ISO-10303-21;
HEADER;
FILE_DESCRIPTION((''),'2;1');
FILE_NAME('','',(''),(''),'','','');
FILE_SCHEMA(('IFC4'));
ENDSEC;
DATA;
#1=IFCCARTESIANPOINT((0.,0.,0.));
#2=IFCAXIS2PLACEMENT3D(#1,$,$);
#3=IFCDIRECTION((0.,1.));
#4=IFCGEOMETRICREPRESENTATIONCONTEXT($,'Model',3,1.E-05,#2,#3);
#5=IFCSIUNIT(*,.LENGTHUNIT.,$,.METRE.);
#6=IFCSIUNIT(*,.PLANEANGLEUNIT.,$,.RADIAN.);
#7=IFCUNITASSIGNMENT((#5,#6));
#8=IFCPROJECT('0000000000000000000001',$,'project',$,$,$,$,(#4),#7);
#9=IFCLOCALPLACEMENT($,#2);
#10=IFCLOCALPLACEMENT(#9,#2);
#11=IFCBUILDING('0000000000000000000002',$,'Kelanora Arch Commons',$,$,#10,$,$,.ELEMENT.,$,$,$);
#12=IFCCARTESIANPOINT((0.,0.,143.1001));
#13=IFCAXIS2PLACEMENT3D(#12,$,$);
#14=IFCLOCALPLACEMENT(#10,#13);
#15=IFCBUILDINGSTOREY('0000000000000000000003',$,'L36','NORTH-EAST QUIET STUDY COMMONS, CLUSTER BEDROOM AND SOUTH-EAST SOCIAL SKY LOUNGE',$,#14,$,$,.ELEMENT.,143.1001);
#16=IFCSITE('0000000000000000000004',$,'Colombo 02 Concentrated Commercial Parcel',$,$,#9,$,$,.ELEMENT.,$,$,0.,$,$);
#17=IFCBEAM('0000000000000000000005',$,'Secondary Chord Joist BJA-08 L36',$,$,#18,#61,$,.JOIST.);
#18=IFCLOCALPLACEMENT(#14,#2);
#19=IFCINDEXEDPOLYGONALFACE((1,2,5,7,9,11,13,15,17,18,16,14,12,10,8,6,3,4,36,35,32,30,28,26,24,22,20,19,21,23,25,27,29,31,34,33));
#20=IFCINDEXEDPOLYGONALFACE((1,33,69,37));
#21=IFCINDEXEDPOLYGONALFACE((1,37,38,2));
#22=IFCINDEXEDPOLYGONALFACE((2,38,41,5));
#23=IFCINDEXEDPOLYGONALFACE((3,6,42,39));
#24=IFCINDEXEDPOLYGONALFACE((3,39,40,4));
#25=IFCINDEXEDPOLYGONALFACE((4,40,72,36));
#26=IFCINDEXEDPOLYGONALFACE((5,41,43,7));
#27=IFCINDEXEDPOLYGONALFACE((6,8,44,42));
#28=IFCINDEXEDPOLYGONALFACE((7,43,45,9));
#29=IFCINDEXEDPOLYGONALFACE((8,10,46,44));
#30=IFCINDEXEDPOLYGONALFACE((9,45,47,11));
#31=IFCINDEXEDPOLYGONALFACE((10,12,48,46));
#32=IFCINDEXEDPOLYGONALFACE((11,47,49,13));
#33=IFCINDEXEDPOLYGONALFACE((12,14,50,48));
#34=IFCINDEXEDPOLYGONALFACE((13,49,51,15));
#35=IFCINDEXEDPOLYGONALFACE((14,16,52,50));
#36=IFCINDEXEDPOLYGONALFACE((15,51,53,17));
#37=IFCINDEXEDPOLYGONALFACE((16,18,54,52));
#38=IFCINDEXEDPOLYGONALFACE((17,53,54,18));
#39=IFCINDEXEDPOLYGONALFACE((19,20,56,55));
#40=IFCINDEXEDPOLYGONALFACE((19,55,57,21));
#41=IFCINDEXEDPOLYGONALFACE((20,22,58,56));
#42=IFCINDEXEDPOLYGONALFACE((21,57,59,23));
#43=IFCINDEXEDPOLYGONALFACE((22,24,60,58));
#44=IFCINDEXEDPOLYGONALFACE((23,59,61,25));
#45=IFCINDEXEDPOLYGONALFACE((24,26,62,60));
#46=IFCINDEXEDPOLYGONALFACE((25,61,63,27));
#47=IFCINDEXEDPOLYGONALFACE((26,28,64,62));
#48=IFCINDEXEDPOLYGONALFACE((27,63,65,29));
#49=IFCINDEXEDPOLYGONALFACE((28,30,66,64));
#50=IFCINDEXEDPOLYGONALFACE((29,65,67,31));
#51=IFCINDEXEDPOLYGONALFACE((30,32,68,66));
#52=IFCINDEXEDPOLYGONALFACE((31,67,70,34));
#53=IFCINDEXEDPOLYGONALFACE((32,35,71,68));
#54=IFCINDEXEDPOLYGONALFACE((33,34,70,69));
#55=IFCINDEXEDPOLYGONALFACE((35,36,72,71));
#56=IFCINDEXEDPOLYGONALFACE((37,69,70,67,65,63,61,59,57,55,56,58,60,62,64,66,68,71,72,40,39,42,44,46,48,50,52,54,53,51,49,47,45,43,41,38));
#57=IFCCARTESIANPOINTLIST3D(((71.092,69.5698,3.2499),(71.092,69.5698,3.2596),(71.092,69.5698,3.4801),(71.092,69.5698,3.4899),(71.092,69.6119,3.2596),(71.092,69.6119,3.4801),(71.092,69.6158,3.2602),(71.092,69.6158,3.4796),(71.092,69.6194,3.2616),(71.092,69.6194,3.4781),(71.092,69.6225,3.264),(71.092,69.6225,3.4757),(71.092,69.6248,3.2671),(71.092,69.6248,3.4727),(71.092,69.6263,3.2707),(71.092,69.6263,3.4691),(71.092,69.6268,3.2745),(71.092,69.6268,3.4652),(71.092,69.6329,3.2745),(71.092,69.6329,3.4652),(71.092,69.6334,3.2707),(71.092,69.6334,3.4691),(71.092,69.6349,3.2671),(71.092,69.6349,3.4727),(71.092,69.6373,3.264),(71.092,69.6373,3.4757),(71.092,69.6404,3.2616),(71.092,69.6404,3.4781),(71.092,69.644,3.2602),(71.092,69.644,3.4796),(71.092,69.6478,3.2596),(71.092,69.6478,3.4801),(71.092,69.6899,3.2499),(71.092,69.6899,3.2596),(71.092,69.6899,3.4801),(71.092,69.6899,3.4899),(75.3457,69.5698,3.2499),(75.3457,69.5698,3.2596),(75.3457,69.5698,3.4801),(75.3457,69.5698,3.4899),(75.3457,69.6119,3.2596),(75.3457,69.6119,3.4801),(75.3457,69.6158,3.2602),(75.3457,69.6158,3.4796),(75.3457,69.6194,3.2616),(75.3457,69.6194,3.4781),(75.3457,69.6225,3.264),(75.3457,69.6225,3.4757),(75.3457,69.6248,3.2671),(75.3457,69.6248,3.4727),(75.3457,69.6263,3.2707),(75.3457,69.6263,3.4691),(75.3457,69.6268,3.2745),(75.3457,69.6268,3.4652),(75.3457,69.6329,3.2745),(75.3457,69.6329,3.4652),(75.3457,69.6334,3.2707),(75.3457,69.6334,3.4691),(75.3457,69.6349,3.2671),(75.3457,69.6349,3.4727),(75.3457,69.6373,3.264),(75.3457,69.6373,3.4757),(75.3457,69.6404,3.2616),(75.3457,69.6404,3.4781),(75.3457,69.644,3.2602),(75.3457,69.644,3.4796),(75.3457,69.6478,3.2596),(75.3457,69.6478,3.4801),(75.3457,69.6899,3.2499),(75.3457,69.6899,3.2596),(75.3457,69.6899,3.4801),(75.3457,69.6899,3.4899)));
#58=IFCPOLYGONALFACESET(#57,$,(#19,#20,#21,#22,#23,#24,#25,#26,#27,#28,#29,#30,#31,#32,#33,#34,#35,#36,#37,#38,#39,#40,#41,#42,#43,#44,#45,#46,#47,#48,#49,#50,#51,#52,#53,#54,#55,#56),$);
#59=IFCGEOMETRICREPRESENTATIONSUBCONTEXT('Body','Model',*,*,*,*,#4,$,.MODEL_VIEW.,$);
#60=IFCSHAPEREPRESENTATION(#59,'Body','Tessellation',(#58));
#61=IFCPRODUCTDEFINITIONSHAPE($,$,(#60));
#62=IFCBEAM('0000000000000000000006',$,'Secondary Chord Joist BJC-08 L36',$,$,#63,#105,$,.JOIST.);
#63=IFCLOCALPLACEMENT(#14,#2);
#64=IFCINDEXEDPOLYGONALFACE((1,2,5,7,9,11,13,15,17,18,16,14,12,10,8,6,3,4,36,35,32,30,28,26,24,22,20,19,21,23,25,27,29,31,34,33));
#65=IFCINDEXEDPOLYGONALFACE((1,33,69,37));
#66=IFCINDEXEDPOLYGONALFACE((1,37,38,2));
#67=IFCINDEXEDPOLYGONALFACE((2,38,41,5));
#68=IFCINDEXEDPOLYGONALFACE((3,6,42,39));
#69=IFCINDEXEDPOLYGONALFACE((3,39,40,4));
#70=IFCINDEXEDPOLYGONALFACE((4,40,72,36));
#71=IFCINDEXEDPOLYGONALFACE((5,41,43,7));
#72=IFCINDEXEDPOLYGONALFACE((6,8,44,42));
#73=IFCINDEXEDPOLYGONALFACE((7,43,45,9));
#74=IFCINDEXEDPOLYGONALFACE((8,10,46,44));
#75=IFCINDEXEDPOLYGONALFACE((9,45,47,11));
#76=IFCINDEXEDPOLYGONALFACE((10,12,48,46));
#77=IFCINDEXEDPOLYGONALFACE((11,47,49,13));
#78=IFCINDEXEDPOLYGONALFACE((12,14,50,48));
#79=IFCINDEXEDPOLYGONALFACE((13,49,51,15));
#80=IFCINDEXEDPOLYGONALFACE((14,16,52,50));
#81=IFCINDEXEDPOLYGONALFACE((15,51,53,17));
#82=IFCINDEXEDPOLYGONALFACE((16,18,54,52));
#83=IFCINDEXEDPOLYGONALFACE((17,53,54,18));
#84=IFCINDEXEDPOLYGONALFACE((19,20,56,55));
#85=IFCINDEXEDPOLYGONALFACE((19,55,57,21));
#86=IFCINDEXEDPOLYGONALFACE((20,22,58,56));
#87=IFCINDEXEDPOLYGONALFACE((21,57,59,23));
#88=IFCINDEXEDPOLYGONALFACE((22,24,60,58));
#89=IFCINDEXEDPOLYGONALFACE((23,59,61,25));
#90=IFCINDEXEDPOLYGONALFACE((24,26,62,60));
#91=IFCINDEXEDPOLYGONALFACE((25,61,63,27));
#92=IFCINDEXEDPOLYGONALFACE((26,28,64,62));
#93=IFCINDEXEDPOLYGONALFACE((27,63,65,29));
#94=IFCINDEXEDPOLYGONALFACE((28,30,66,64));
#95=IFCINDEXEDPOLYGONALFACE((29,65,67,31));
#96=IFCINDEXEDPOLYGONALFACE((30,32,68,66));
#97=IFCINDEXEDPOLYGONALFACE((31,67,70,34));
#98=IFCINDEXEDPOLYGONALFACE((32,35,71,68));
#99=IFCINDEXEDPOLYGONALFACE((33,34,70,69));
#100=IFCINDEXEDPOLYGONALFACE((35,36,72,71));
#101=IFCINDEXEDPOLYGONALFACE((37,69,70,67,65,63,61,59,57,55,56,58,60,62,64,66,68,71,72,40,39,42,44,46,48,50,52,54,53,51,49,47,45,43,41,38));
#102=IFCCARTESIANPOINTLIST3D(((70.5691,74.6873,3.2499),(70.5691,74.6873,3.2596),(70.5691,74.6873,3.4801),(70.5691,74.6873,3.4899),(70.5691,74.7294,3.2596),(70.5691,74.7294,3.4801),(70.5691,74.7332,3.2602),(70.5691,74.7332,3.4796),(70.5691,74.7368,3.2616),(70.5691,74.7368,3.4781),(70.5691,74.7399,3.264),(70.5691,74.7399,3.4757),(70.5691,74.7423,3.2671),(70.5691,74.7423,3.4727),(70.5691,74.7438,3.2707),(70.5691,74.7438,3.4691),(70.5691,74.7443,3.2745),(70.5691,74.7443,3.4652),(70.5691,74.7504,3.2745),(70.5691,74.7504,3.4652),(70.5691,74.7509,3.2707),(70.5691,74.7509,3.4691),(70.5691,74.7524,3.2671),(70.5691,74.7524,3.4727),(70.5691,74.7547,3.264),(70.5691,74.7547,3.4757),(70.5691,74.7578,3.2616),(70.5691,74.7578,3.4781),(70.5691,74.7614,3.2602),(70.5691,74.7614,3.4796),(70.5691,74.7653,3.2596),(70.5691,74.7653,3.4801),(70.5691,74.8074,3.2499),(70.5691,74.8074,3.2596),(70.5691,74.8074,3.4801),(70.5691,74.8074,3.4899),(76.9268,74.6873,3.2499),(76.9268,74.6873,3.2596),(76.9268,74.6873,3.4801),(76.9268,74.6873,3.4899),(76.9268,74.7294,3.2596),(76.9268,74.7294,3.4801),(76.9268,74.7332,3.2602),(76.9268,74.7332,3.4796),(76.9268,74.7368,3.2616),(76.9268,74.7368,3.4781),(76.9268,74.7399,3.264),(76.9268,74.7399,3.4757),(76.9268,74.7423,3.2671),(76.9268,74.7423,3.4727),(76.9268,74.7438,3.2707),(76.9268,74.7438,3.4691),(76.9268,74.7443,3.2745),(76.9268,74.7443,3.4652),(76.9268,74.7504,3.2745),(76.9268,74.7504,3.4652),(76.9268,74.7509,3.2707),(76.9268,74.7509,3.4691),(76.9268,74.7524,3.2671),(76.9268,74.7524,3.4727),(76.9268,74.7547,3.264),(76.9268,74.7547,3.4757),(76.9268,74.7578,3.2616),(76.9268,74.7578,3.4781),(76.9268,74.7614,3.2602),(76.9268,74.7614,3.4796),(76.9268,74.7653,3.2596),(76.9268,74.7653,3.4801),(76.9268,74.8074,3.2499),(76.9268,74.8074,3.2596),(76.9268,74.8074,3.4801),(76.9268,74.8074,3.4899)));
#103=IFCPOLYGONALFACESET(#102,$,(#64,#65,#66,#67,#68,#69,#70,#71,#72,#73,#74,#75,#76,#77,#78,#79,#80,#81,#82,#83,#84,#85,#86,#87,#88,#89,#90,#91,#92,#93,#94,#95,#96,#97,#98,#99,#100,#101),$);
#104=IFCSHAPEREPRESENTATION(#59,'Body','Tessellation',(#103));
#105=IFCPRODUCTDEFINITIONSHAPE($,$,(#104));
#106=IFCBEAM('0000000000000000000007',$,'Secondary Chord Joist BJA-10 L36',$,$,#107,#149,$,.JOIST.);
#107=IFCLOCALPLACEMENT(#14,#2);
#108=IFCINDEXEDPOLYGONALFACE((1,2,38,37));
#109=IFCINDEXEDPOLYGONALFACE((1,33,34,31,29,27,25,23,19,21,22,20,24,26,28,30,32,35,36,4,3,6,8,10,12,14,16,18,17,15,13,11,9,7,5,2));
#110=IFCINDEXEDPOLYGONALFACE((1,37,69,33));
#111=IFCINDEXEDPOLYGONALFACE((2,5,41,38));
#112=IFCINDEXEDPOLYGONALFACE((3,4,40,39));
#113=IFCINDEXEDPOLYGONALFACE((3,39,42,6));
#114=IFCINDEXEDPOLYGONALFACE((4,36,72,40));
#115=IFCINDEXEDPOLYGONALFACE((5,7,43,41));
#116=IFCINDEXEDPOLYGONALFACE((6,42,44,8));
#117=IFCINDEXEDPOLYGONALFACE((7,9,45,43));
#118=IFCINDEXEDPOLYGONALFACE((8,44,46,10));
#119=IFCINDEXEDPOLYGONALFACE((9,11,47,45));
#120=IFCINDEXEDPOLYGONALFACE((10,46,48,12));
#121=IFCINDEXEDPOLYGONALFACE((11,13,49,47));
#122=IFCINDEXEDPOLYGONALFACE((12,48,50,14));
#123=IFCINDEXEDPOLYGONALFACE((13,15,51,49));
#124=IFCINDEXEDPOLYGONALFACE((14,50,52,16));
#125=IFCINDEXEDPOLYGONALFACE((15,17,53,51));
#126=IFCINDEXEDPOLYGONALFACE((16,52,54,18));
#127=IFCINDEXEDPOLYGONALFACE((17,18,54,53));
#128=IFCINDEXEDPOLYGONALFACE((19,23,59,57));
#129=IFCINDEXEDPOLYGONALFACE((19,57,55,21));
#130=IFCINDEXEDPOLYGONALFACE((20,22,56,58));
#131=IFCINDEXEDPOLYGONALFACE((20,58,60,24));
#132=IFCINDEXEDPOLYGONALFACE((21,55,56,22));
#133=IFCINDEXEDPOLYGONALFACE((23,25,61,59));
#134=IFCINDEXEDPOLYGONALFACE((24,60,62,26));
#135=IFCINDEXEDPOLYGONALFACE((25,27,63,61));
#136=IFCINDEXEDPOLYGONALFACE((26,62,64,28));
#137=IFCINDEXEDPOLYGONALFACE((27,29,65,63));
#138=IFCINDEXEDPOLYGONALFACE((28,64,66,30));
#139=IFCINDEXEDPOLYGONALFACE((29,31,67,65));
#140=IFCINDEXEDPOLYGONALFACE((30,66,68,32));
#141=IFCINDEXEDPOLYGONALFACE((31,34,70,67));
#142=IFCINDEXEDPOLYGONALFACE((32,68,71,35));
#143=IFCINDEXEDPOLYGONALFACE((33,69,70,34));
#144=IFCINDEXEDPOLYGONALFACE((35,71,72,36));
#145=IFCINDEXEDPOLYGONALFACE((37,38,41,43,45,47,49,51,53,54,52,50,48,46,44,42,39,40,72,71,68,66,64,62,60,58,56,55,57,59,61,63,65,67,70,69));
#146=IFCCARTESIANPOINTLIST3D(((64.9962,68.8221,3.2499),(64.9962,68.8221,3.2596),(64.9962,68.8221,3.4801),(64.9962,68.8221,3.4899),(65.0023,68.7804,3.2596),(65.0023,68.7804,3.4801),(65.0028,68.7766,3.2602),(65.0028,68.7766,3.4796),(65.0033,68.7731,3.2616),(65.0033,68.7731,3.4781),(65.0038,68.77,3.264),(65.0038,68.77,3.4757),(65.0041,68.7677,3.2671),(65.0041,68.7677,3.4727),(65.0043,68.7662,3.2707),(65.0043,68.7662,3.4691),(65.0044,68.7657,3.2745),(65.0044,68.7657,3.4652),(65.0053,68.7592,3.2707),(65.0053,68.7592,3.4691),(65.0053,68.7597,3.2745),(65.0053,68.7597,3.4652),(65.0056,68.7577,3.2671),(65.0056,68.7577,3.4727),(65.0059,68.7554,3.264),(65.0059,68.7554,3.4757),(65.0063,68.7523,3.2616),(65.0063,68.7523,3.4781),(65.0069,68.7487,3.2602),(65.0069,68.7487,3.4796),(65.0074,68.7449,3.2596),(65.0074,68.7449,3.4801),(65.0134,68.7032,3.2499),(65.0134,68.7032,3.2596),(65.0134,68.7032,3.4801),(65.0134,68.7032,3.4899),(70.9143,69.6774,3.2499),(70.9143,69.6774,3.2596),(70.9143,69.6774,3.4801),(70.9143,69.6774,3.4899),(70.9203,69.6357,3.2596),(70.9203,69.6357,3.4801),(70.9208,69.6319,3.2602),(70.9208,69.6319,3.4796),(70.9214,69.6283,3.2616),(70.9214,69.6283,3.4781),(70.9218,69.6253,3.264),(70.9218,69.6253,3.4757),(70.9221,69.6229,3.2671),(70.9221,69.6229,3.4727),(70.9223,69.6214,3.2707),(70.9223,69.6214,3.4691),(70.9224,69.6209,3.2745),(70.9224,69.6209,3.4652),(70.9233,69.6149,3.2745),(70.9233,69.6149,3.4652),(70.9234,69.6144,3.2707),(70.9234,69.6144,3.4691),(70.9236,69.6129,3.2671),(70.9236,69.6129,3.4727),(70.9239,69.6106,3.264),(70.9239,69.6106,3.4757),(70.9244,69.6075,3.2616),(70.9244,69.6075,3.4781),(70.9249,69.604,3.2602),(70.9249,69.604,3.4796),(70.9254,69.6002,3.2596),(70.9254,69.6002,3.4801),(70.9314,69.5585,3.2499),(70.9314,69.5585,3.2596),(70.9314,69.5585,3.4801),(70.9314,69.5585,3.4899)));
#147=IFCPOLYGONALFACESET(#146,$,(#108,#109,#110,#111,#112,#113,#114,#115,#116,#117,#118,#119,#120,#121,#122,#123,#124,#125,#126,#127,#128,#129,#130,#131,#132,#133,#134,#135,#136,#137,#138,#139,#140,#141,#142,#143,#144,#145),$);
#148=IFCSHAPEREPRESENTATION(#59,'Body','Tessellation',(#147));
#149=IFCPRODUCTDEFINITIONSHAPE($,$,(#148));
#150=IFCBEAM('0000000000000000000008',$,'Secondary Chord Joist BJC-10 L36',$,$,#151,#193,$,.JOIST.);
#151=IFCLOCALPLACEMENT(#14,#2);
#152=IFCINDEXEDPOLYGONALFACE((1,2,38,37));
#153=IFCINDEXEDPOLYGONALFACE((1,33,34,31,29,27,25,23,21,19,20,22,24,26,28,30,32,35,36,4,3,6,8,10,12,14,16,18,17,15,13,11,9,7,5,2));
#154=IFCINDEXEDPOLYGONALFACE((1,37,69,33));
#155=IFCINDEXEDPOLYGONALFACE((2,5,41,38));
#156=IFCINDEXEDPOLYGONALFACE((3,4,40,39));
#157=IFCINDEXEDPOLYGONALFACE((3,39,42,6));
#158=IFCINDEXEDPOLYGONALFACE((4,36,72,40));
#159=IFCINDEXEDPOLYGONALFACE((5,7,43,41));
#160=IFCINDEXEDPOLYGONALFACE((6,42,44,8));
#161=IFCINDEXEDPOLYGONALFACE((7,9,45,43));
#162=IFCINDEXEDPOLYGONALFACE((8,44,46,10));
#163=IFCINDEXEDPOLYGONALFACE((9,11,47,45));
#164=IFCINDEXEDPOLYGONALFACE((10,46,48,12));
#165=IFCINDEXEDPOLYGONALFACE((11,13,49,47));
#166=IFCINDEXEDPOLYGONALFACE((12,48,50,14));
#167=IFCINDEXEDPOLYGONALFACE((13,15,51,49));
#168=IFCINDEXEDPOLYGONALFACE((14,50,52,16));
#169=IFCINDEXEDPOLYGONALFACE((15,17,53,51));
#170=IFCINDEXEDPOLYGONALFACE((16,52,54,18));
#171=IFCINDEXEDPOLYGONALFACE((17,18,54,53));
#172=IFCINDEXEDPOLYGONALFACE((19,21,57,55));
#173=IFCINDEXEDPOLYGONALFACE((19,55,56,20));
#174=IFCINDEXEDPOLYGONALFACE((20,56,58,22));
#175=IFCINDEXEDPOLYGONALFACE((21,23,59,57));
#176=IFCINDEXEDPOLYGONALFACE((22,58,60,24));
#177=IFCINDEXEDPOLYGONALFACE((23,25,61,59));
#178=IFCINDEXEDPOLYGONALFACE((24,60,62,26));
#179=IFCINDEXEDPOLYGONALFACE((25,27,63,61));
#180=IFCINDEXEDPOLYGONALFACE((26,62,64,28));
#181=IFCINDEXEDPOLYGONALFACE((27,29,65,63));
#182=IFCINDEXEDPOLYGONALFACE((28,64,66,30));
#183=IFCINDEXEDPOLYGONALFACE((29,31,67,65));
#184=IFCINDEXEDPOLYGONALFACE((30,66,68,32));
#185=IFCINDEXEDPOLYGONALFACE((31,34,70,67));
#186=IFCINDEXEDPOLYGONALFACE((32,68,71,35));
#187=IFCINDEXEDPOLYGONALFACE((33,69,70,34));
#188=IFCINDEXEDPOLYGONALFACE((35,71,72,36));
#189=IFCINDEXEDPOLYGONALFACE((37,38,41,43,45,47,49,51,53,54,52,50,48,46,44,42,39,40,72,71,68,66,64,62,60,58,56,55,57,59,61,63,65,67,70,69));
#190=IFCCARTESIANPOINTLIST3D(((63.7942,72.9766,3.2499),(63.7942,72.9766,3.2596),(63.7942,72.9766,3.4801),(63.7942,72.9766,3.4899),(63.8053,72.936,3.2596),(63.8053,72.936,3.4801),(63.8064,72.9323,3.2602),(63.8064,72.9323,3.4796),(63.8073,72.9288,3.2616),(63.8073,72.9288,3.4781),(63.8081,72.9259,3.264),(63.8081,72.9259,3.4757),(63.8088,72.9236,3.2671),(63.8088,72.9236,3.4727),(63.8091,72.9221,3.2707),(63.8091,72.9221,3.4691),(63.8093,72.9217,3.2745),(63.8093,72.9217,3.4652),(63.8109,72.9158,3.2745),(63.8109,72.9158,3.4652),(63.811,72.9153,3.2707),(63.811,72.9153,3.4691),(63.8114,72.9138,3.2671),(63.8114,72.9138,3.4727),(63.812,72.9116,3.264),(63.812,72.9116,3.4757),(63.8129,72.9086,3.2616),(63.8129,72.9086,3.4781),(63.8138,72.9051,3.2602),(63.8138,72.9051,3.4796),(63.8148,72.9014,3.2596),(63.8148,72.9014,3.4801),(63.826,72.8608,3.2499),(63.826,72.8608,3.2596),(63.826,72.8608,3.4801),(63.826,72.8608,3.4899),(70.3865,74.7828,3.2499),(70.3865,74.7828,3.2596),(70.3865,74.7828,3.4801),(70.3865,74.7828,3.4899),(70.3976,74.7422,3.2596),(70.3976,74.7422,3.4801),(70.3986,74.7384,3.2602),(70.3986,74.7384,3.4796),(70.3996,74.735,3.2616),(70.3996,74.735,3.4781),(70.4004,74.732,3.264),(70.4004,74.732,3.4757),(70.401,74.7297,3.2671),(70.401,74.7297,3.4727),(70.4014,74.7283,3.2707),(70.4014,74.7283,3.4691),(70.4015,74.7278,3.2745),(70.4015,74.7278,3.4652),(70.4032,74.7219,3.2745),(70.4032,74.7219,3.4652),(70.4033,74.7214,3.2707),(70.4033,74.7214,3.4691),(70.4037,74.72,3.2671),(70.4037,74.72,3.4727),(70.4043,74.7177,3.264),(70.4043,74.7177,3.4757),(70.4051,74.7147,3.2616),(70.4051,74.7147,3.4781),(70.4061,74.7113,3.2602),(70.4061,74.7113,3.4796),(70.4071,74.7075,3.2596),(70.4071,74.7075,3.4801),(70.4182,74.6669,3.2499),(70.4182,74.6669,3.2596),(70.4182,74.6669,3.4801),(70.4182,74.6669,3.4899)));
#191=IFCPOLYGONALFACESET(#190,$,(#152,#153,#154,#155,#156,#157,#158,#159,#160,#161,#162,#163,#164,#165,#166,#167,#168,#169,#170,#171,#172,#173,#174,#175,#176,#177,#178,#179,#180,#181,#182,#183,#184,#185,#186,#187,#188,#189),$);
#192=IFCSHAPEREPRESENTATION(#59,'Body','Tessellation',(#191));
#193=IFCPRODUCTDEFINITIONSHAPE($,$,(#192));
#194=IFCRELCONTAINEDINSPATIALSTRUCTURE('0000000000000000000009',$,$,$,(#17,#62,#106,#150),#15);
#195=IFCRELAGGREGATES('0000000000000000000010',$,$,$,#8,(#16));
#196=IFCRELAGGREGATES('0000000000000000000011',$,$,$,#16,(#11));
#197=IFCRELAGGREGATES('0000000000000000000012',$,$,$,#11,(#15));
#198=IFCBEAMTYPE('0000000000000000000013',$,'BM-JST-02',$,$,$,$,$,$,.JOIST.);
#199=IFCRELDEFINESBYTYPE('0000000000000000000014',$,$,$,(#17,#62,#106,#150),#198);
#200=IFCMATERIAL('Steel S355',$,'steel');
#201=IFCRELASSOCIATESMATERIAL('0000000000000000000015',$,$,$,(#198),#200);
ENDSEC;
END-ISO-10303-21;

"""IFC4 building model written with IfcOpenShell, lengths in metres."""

from ifc_helpers import new_model, si_unit, direction, frame, origin, origin_2d, place, context, subcontext, project, spatial, i_section, extrude, material, material_profile, profile_set, type_object, element, save


model = new_model("IFC4")

# Units and contexts
model_context = context("Model", 3, precision=1e-05, world=origin(), true_north=direction((0.0, 1.0)))
body_context = subcontext(model_context, "Body", "Model", "MODEL_VIEW")
ifc_project = project(units=[si_unit("LENGTHUNIT", "METRE"), si_unit("PLANEANGLEUNIT", "RADIAN")], contexts=[model_context])

# Site, building, storey
site_placement = place(None, origin())
site = spatial("IfcSite", under=ifc_project, at=site_placement, Name="Colombo 02 Concentrated Commercial Parcel", CompositionType="ELEMENT", RefElevation=0.0)
building_placement = place(site_placement, origin())
building = spatial("IfcBuilding", under=site, at=building_placement, Name="Kelanora Arch Commons", CompositionType="ELEMENT")
storey_placement = place(building_placement, frame((0.0, 0.0, 143.1001)))
storey = spatial("IfcBuildingStorey", under=building, at=storey_placement, Name="L36", Description="NORTH-EAST QUIET STUDY COMMONS, CLUSTER BEDROOM AND SOUTH-EAST SOCIAL SKY LOUNGE", CompositionType="ELEMENT", Elevation=143.1001)

# Beams
ifc_material_1 = material(Name="Steel S355", Category="steel")
ifc_material_profile_1 = material_profile(ifc_material_1, i_section(OverallWidth=0.1201, OverallDepth=0.24, WebThickness=0.0061, FlangeThickness=0.0098, FilletRadius=0.0149, at=origin_2d()), Name="IPE240")
ifc_profile_set_1 = profile_set([ifc_material_profile_1], Name="Steel S355")
beam_type_1 = type_object("IfcBeamType", Name="BM-JST-02", PredefinedType="JOIST", material=ifc_profile_set_1)
beam_1_placement = place(storey_placement, frame((75.3457, 69.6299, 3.3699), z_axis=(-1.0, 0.0, 0.0), x_axis=(0.0, -1.0, 0.0)))
element("IfcBeam", 1, at=beam_1_placement, inside=storey, type_object=beam_type_1, Name="Secondary Chord Joist BJA-08 L36", PredefinedType="JOIST", context=body_context, shape_type="SweptSolid", body=[
    extrude(i_section(OverallWidth=0.1201, OverallDepth=0.24, WebThickness=0.0061, FlangeThickness=0.0098, FilletRadius=0.0149, at=origin_2d()), origin(), (0.0, 0.0, 1.0), 4.2537),
])
beam_2_placement = place(storey_placement, frame((76.9268, 74.7473, 3.3699), z_axis=(-1.0, 0.0, 0.0), x_axis=(0.0, -1.0, 0.0)))
element("IfcBeam", 2, at=beam_2_placement, inside=storey, type_object=beam_type_1, Name="Secondary Chord Joist BJC-08 L36", PredefinedType="JOIST", context=body_context, shape_type="SweptSolid", body=[
    extrude(i_section(OverallWidth=0.1201, OverallDepth=0.24, WebThickness=0.0061, FlangeThickness=0.0098, FilletRadius=0.0149, at=origin_2d()), origin(), (0.0, 0.0, 1.0), 6.3577),
])
beam_3_placement = place(storey_placement, frame((70.9229, 69.6179, 3.3699), z_axis=(-0.989719, -0.143027, 0.0), x_axis=(0.143027, -0.989719, 0.0)))
element("IfcBeam", 3, at=beam_3_placement, inside=storey, type_object=beam_type_1, Name="Secondary Chord Joist BJA-10 L36", PredefinedType="JOIST", context=body_context, shape_type="SweptSolid", body=[
    extrude(i_section(OverallWidth=0.1201, OverallDepth=0.24, WebThickness=0.0061, FlangeThickness=0.0098, FilletRadius=0.0149, at=origin_2d()), origin(), (0.0, 0.0, 1.0), 5.9795),
])
beam_4_placement = place(storey_placement, frame((70.4023, 74.7249, 3.3699), z_axis=(-0.964457, -0.264242, 0.0), x_axis=(0.264242, -0.964457, 0.0)))
element("IfcBeam", 4, at=beam_4_placement, inside=storey, type_object=beam_type_1, Name="Secondary Chord Joist BJC-10 L36", PredefinedType="JOIST", context=body_context, shape_type="SweptSolid", body=[
    extrude(i_section(OverallWidth=0.1201, OverallDepth=0.24, WebThickness=0.0061, FlangeThickness=0.0098, FilletRadius=0.0149, at=origin_2d()), origin(), (0.0, 0.0, 1.0), 6.8352),
])

save(model, "model.ifc")
